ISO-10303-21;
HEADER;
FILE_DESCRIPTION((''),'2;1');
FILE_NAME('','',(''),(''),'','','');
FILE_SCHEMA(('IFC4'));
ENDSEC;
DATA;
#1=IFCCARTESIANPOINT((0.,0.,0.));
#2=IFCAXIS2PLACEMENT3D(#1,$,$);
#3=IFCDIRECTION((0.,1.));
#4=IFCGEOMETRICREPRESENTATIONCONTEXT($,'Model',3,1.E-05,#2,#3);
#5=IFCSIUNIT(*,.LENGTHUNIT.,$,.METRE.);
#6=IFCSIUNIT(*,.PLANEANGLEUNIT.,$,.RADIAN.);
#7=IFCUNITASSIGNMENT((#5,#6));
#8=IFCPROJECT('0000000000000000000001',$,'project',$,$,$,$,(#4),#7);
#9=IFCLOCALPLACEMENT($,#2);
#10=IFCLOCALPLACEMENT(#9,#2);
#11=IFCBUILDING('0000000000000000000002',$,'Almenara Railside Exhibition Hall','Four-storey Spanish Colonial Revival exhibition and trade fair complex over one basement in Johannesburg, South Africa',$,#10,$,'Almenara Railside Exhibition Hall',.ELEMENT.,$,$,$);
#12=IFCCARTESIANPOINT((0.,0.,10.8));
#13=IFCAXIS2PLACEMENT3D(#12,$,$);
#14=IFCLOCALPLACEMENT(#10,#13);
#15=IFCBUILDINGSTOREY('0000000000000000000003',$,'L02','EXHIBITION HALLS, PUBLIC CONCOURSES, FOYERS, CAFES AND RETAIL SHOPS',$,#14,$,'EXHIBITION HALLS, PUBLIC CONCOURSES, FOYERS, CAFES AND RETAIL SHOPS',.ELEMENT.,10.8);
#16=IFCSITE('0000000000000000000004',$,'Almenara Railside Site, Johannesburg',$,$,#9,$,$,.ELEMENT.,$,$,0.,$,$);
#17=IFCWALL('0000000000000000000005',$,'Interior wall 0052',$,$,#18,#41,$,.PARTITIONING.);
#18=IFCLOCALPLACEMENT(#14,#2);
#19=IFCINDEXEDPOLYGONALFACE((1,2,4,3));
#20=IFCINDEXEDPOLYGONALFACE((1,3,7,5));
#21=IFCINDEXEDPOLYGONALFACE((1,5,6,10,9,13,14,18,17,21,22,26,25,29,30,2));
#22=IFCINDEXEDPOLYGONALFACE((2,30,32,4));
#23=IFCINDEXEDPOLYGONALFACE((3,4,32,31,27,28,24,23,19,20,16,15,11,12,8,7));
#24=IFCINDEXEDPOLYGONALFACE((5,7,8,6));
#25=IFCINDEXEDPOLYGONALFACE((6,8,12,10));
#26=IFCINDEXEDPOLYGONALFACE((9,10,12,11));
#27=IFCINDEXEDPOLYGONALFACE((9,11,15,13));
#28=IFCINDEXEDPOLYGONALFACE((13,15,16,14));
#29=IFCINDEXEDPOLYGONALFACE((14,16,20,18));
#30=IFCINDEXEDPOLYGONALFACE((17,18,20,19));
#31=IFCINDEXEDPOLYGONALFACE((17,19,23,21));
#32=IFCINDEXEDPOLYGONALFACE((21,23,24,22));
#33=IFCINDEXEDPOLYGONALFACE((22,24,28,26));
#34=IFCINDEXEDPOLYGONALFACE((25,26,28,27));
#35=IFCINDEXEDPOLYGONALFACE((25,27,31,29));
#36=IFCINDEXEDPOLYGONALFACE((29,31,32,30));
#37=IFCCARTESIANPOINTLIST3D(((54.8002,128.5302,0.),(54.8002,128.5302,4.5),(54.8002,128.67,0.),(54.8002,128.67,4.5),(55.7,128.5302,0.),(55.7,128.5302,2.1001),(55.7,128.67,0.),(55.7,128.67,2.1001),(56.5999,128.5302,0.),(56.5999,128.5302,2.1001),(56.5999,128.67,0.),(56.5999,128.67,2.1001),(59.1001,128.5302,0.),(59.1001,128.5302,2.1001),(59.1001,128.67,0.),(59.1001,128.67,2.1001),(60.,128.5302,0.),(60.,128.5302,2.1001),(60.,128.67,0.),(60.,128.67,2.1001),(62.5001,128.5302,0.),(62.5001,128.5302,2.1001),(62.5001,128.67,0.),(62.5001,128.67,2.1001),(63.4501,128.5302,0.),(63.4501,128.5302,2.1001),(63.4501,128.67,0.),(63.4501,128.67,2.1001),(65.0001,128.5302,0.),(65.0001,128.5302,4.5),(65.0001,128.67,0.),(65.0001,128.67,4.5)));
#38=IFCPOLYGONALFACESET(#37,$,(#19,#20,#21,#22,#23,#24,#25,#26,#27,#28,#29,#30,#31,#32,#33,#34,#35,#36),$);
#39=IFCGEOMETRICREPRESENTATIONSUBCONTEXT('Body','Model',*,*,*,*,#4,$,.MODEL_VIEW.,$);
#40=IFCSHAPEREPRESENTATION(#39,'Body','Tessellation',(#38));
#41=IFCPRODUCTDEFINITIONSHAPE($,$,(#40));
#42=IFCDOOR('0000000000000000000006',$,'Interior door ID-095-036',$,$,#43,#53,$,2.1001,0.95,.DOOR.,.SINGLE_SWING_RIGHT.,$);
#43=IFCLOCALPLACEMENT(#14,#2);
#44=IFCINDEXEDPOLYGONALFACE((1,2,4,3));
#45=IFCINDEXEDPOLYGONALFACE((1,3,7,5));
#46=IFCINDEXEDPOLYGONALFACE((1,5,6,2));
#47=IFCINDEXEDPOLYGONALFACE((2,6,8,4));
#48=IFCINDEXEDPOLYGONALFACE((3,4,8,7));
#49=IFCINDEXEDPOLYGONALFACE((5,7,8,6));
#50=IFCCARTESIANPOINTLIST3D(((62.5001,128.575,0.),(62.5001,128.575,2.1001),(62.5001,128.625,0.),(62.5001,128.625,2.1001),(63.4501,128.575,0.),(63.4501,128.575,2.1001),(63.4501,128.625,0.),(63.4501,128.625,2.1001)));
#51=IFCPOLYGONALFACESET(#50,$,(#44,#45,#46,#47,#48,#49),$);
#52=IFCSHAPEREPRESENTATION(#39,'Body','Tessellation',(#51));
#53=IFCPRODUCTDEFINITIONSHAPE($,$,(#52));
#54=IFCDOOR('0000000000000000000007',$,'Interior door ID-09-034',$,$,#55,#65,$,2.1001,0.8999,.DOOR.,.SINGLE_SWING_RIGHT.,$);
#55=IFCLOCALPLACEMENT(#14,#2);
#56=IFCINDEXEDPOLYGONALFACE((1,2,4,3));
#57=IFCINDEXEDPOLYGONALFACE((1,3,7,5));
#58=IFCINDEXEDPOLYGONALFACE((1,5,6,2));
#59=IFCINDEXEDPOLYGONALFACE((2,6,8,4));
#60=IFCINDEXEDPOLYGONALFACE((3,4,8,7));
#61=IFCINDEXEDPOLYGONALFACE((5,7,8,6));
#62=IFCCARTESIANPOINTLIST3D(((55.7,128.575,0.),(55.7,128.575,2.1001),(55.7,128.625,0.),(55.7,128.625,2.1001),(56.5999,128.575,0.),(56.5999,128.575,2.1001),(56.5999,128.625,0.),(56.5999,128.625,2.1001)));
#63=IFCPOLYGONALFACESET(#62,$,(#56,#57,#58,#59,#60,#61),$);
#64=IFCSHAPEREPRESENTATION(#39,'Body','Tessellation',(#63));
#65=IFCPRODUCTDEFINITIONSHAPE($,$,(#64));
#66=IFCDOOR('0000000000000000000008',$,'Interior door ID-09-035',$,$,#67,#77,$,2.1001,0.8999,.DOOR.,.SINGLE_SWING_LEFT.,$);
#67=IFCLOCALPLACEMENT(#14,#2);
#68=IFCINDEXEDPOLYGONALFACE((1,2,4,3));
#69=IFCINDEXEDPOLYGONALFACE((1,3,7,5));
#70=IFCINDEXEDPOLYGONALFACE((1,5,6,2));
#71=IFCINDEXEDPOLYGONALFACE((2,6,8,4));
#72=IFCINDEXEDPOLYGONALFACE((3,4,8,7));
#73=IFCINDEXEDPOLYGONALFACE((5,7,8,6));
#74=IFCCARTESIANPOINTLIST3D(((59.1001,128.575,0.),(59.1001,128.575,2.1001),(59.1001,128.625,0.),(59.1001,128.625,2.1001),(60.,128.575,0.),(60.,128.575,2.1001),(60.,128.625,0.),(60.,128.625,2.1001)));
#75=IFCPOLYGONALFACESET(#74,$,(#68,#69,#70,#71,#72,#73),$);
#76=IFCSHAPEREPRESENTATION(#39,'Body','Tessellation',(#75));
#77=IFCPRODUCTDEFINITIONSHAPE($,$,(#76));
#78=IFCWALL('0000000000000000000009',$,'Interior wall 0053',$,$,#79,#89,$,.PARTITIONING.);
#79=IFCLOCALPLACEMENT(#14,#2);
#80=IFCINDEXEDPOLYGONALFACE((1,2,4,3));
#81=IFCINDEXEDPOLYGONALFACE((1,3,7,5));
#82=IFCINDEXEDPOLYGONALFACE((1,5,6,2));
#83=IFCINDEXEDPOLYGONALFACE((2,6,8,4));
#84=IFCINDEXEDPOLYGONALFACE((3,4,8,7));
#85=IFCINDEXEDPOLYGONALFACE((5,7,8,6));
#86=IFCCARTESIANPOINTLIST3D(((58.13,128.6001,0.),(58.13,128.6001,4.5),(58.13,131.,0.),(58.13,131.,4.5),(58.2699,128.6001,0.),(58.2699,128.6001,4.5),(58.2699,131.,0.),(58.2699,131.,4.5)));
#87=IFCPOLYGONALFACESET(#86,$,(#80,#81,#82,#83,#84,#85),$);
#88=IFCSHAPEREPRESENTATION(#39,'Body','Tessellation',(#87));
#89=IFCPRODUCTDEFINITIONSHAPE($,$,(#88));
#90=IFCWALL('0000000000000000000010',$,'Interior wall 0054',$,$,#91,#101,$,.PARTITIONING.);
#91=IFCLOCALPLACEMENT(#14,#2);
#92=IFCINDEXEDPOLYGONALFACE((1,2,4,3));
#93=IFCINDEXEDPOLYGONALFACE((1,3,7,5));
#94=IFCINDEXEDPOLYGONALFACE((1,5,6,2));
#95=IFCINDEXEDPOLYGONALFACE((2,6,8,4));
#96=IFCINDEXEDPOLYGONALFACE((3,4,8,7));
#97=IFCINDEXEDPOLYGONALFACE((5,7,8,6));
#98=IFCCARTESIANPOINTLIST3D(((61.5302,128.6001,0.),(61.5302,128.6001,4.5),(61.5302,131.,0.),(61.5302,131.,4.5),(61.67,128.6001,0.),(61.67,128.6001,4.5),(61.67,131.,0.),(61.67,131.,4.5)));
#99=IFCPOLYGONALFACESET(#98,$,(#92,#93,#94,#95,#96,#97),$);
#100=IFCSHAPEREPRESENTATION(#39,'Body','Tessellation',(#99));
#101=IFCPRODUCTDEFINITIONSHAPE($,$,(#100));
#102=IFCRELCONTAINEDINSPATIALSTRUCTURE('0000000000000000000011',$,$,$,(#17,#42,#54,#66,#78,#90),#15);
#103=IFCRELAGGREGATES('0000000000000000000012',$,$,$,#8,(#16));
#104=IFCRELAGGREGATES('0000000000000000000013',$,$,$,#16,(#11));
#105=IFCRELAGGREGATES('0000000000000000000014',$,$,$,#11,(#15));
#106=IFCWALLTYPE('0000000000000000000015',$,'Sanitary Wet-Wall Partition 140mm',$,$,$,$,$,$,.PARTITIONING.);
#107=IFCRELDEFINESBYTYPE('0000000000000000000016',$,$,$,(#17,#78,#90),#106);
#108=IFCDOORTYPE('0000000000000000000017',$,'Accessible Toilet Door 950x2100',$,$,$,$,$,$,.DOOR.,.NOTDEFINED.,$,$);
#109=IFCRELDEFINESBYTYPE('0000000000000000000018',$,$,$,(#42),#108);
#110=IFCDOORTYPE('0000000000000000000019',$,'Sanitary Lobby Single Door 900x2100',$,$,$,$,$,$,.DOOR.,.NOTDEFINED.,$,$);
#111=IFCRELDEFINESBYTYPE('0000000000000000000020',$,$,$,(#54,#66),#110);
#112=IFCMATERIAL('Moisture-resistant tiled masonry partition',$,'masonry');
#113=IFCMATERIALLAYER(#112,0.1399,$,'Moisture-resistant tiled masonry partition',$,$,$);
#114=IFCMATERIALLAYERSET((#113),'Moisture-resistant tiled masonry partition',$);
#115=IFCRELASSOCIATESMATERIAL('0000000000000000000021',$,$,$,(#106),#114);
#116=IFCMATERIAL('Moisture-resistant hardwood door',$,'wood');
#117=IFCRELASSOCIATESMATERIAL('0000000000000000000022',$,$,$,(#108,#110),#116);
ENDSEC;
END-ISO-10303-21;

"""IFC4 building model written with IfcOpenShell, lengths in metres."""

from ifc_helpers import new_model, si_unit, direction, frame, frame_2d, origin, place, context, subcontext, project, spatial, rectangle, extrude, material, layer, layer_set, type_object, element, fill, save


model = new_model("IFC4")

# Units and contexts
model_context = context("Model", 3, precision=1e-05, world=origin(), true_north=direction((0.0, 1.0)))
body_context = subcontext(model_context, "Body", "Model", "MODEL_VIEW")
ifc_project = project(units=[si_unit("LENGTHUNIT", "METRE"), si_unit("PLANEANGLEUNIT", "RADIAN")], contexts=[model_context])

# Site, building, storey
site_placement = place(None, origin())
site = spatial("IfcSite", under=ifc_project, at=site_placement, Name="Almenara Railside Site, Johannesburg", CompositionType="ELEMENT", RefElevation=0.0)
building_placement = place(site_placement, origin())
building = spatial("IfcBuilding", under=site, at=building_placement, Name="Almenara Railside Exhibition Hall", Description="Four-storey Spanish Colonial Revival exhibition and trade fair complex over one basement in Johannesburg, South Africa", LongName="Almenara Railside Exhibition Hall", CompositionType="ELEMENT")
storey_placement = place(building_placement, frame((0.0, 0.0, 10.8)))
storey = spatial("IfcBuildingStorey", under=building, at=storey_placement, Name="L02", Description="EXHIBITION HALLS, PUBLIC CONCOURSES, FOYERS, CAFES AND RETAIL SHOPS", LongName="EXHIBITION HALLS, PUBLIC CONCOURSES, FOYERS, CAFES AND RETAIL SHOPS", CompositionType="ELEMENT", Elevation=10.8)

# Wall, openings, doors
ifc_material_1 = material(Name="Moisture-resistant tiled masonry partition", Category="masonry")
ifc_layer_1 = layer(ifc_material_1, 0.1399, Name="Moisture-resistant tiled masonry partition")
ifc_layer_set_1 = layer_set([ifc_layer_1], Name="Moisture-resistant tiled masonry partition")
wall_type_1 = type_object("IfcWallType", Name="Sanitary Wet-Wall Partition 140mm", PredefinedType="PARTITIONING", material=ifc_layer_set_1)
wall_1_placement = place(storey_placement, frame((54.8, 128.6001, 0.0), z_axis=(0.0, 0.0, 1.0), x_axis=(1.0, 0.0, 0.0)))
wall_1 = element("IfcWall", 1, at=wall_1_placement, inside=storey, type_object=wall_type_1, Name="Interior wall 0052", PredefinedType="PARTITIONING", context=body_context, shape_type="SweptSolid", body=[
    extrude(rectangle(XDim=10.2, YDim=0.1399, at=frame_2d((5.1001, 0.0))), origin(), (0.0, 0.0, 1.0), 4.5),
])
opening_1_placement = place(wall_1_placement, frame((0.8999, 0.0, 0.0)))
opening_1 = element("IfcOpeningElement", 2, at=opening_1_placement, cuts=wall_1, PredefinedType="OPENING", context=body_context, shape_type="SweptSolid", body=[
    extrude(rectangle(XDim=0.8999, YDim=2.1001, at=frame_2d((0.45, 1.05))), frame((0.0, 0.0798, 0.0), z_axis=(0.0, -1.0, 0.0), x_axis=(1.0, 0.0, 0.0)), (0.0, 0.0, 1.0), 0.1599),
])
opening_2_placement = place(wall_1_placement, frame((4.3, 0.0, 0.0)))
opening_2 = element("IfcOpeningElement", 3, at=opening_2_placement, cuts=wall_1, PredefinedType="OPENING", context=body_context, shape_type="SweptSolid", body=[
    extrude(rectangle(XDim=0.8999, YDim=2.1001, at=frame_2d((0.45, 1.05))), frame((0.0, 0.0798, 0.0), z_axis=(0.0, -1.0, 0.0), x_axis=(1.0, 0.0, 0.0)), (0.0, 0.0, 1.0), 0.1599),
])
opening_3_placement = place(wall_1_placement, frame((7.7, 0.0, 0.0)))
opening_3 = element("IfcOpeningElement", 4, at=opening_3_placement, cuts=wall_1, PredefinedType="OPENING", context=body_context, shape_type="SweptSolid", body=[
    extrude(rectangle(XDim=0.95, YDim=2.1001, at=frame_2d((0.4751, 1.05))), frame((0.0, 0.0798, 0.0), z_axis=(0.0, -1.0, 0.0), x_axis=(1.0, 0.0, 0.0)), (0.0, 0.0, 1.0), 0.1599),
])
ifc_material_2 = material(Name="Moisture-resistant hardwood door", Category="wood")
door_type_1 = type_object("IfcDoorType", Name="Accessible Toilet Door 950x2100", OperationType="NOTDEFINED", PredefinedType="DOOR", material=ifc_material_2)
door_1_placement = place(opening_3_placement, origin())
door_1 = element("IfcDoor", 5, at=door_1_placement, inside=storey, type_object=door_type_1, Name="Interior door ID-095-036", OperationType="SINGLE_SWING_RIGHT", OverallHeight=2.1001, OverallWidth=0.95, PredefinedType="DOOR", context=body_context, shape_type="SweptSolid", body=[
    extrude(rectangle(XDim=0.95, YDim=2.1001, at=frame_2d((0.4751, 1.05))), frame((0.0, 0.0249, 0.0), z_axis=(0.0, -1.0, 0.0), x_axis=(1.0, 0.0, 0.0)), (0.0, 0.0, 1.0), 0.05),
])
fill(opening_3, door_1)
door_type_2 = type_object("IfcDoorType", Name="Sanitary Lobby Single Door 900x2100", OperationType="NOTDEFINED", PredefinedType="DOOR", material=ifc_material_2)
door_2_placement = place(opening_1_placement, origin())
door_2 = element("IfcDoor", 6, at=door_2_placement, inside=storey, type_object=door_type_2, Name="Interior door ID-09-034", OperationType="SINGLE_SWING_RIGHT", OverallHeight=2.1001, OverallWidth=0.8999, PredefinedType="DOOR", context=body_context, shape_type="SweptSolid", body=[
    extrude(rectangle(XDim=0.8999, YDim=2.1001, at=frame_2d((0.45, 1.05))), frame((0.0, 0.0249, 0.0), z_axis=(0.0, -1.0, 0.0), x_axis=(1.0, 0.0, 0.0)), (0.0, 0.0, 1.0), 0.05),
])
fill(opening_1, door_2)
door_3_placement = place(opening_2_placement, origin())
door_3 = element("IfcDoor", 7, at=door_3_placement, inside=storey, type_object=door_type_2, Name="Interior door ID-09-035", OperationType="SINGLE_SWING_LEFT", OverallHeight=2.1001, OverallWidth=0.8999, PredefinedType="DOOR", context=body_context, shape_type="SweptSolid", body=[
    extrude(rectangle(XDim=0.8999, YDim=2.1001, at=frame_2d((0.45, 1.05))), frame((0.0, 0.0249, 0.0), z_axis=(0.0, -1.0, 0.0), x_axis=(1.0, 0.0, 0.0)), (0.0, 0.0, 1.0), 0.05),
])
fill(opening_2, door_3)

# Walls
for number, where, z_axis, x_axis, name in (
    (8, (58.2, 128.6001, 0.0), (0.0, 0.0, 1.0), (0.0, 1.0, 0.0), "Interior wall 0053"),
    (9, (61.6001, 128.6001, 0.0), (0.0, 0.0, 1.0), (0.0, 1.0, 0.0), "Interior wall 0054"),
):
    element("IfcWall", number, at=place(storey_placement, frame(where, z_axis=z_axis, x_axis=x_axis)), inside=storey, type_object=wall_type_1, Name=name, PredefinedType="PARTITIONING", context=body_context, shape_type="SweptSolid", body=[
        extrude(rectangle(XDim=2.3999, YDim=0.1399, at=frame_2d((1.2, 0.0))), origin(), (0.0, 0.0, 1.0), 4.5),
    ])

save(model, "model.ifc")
